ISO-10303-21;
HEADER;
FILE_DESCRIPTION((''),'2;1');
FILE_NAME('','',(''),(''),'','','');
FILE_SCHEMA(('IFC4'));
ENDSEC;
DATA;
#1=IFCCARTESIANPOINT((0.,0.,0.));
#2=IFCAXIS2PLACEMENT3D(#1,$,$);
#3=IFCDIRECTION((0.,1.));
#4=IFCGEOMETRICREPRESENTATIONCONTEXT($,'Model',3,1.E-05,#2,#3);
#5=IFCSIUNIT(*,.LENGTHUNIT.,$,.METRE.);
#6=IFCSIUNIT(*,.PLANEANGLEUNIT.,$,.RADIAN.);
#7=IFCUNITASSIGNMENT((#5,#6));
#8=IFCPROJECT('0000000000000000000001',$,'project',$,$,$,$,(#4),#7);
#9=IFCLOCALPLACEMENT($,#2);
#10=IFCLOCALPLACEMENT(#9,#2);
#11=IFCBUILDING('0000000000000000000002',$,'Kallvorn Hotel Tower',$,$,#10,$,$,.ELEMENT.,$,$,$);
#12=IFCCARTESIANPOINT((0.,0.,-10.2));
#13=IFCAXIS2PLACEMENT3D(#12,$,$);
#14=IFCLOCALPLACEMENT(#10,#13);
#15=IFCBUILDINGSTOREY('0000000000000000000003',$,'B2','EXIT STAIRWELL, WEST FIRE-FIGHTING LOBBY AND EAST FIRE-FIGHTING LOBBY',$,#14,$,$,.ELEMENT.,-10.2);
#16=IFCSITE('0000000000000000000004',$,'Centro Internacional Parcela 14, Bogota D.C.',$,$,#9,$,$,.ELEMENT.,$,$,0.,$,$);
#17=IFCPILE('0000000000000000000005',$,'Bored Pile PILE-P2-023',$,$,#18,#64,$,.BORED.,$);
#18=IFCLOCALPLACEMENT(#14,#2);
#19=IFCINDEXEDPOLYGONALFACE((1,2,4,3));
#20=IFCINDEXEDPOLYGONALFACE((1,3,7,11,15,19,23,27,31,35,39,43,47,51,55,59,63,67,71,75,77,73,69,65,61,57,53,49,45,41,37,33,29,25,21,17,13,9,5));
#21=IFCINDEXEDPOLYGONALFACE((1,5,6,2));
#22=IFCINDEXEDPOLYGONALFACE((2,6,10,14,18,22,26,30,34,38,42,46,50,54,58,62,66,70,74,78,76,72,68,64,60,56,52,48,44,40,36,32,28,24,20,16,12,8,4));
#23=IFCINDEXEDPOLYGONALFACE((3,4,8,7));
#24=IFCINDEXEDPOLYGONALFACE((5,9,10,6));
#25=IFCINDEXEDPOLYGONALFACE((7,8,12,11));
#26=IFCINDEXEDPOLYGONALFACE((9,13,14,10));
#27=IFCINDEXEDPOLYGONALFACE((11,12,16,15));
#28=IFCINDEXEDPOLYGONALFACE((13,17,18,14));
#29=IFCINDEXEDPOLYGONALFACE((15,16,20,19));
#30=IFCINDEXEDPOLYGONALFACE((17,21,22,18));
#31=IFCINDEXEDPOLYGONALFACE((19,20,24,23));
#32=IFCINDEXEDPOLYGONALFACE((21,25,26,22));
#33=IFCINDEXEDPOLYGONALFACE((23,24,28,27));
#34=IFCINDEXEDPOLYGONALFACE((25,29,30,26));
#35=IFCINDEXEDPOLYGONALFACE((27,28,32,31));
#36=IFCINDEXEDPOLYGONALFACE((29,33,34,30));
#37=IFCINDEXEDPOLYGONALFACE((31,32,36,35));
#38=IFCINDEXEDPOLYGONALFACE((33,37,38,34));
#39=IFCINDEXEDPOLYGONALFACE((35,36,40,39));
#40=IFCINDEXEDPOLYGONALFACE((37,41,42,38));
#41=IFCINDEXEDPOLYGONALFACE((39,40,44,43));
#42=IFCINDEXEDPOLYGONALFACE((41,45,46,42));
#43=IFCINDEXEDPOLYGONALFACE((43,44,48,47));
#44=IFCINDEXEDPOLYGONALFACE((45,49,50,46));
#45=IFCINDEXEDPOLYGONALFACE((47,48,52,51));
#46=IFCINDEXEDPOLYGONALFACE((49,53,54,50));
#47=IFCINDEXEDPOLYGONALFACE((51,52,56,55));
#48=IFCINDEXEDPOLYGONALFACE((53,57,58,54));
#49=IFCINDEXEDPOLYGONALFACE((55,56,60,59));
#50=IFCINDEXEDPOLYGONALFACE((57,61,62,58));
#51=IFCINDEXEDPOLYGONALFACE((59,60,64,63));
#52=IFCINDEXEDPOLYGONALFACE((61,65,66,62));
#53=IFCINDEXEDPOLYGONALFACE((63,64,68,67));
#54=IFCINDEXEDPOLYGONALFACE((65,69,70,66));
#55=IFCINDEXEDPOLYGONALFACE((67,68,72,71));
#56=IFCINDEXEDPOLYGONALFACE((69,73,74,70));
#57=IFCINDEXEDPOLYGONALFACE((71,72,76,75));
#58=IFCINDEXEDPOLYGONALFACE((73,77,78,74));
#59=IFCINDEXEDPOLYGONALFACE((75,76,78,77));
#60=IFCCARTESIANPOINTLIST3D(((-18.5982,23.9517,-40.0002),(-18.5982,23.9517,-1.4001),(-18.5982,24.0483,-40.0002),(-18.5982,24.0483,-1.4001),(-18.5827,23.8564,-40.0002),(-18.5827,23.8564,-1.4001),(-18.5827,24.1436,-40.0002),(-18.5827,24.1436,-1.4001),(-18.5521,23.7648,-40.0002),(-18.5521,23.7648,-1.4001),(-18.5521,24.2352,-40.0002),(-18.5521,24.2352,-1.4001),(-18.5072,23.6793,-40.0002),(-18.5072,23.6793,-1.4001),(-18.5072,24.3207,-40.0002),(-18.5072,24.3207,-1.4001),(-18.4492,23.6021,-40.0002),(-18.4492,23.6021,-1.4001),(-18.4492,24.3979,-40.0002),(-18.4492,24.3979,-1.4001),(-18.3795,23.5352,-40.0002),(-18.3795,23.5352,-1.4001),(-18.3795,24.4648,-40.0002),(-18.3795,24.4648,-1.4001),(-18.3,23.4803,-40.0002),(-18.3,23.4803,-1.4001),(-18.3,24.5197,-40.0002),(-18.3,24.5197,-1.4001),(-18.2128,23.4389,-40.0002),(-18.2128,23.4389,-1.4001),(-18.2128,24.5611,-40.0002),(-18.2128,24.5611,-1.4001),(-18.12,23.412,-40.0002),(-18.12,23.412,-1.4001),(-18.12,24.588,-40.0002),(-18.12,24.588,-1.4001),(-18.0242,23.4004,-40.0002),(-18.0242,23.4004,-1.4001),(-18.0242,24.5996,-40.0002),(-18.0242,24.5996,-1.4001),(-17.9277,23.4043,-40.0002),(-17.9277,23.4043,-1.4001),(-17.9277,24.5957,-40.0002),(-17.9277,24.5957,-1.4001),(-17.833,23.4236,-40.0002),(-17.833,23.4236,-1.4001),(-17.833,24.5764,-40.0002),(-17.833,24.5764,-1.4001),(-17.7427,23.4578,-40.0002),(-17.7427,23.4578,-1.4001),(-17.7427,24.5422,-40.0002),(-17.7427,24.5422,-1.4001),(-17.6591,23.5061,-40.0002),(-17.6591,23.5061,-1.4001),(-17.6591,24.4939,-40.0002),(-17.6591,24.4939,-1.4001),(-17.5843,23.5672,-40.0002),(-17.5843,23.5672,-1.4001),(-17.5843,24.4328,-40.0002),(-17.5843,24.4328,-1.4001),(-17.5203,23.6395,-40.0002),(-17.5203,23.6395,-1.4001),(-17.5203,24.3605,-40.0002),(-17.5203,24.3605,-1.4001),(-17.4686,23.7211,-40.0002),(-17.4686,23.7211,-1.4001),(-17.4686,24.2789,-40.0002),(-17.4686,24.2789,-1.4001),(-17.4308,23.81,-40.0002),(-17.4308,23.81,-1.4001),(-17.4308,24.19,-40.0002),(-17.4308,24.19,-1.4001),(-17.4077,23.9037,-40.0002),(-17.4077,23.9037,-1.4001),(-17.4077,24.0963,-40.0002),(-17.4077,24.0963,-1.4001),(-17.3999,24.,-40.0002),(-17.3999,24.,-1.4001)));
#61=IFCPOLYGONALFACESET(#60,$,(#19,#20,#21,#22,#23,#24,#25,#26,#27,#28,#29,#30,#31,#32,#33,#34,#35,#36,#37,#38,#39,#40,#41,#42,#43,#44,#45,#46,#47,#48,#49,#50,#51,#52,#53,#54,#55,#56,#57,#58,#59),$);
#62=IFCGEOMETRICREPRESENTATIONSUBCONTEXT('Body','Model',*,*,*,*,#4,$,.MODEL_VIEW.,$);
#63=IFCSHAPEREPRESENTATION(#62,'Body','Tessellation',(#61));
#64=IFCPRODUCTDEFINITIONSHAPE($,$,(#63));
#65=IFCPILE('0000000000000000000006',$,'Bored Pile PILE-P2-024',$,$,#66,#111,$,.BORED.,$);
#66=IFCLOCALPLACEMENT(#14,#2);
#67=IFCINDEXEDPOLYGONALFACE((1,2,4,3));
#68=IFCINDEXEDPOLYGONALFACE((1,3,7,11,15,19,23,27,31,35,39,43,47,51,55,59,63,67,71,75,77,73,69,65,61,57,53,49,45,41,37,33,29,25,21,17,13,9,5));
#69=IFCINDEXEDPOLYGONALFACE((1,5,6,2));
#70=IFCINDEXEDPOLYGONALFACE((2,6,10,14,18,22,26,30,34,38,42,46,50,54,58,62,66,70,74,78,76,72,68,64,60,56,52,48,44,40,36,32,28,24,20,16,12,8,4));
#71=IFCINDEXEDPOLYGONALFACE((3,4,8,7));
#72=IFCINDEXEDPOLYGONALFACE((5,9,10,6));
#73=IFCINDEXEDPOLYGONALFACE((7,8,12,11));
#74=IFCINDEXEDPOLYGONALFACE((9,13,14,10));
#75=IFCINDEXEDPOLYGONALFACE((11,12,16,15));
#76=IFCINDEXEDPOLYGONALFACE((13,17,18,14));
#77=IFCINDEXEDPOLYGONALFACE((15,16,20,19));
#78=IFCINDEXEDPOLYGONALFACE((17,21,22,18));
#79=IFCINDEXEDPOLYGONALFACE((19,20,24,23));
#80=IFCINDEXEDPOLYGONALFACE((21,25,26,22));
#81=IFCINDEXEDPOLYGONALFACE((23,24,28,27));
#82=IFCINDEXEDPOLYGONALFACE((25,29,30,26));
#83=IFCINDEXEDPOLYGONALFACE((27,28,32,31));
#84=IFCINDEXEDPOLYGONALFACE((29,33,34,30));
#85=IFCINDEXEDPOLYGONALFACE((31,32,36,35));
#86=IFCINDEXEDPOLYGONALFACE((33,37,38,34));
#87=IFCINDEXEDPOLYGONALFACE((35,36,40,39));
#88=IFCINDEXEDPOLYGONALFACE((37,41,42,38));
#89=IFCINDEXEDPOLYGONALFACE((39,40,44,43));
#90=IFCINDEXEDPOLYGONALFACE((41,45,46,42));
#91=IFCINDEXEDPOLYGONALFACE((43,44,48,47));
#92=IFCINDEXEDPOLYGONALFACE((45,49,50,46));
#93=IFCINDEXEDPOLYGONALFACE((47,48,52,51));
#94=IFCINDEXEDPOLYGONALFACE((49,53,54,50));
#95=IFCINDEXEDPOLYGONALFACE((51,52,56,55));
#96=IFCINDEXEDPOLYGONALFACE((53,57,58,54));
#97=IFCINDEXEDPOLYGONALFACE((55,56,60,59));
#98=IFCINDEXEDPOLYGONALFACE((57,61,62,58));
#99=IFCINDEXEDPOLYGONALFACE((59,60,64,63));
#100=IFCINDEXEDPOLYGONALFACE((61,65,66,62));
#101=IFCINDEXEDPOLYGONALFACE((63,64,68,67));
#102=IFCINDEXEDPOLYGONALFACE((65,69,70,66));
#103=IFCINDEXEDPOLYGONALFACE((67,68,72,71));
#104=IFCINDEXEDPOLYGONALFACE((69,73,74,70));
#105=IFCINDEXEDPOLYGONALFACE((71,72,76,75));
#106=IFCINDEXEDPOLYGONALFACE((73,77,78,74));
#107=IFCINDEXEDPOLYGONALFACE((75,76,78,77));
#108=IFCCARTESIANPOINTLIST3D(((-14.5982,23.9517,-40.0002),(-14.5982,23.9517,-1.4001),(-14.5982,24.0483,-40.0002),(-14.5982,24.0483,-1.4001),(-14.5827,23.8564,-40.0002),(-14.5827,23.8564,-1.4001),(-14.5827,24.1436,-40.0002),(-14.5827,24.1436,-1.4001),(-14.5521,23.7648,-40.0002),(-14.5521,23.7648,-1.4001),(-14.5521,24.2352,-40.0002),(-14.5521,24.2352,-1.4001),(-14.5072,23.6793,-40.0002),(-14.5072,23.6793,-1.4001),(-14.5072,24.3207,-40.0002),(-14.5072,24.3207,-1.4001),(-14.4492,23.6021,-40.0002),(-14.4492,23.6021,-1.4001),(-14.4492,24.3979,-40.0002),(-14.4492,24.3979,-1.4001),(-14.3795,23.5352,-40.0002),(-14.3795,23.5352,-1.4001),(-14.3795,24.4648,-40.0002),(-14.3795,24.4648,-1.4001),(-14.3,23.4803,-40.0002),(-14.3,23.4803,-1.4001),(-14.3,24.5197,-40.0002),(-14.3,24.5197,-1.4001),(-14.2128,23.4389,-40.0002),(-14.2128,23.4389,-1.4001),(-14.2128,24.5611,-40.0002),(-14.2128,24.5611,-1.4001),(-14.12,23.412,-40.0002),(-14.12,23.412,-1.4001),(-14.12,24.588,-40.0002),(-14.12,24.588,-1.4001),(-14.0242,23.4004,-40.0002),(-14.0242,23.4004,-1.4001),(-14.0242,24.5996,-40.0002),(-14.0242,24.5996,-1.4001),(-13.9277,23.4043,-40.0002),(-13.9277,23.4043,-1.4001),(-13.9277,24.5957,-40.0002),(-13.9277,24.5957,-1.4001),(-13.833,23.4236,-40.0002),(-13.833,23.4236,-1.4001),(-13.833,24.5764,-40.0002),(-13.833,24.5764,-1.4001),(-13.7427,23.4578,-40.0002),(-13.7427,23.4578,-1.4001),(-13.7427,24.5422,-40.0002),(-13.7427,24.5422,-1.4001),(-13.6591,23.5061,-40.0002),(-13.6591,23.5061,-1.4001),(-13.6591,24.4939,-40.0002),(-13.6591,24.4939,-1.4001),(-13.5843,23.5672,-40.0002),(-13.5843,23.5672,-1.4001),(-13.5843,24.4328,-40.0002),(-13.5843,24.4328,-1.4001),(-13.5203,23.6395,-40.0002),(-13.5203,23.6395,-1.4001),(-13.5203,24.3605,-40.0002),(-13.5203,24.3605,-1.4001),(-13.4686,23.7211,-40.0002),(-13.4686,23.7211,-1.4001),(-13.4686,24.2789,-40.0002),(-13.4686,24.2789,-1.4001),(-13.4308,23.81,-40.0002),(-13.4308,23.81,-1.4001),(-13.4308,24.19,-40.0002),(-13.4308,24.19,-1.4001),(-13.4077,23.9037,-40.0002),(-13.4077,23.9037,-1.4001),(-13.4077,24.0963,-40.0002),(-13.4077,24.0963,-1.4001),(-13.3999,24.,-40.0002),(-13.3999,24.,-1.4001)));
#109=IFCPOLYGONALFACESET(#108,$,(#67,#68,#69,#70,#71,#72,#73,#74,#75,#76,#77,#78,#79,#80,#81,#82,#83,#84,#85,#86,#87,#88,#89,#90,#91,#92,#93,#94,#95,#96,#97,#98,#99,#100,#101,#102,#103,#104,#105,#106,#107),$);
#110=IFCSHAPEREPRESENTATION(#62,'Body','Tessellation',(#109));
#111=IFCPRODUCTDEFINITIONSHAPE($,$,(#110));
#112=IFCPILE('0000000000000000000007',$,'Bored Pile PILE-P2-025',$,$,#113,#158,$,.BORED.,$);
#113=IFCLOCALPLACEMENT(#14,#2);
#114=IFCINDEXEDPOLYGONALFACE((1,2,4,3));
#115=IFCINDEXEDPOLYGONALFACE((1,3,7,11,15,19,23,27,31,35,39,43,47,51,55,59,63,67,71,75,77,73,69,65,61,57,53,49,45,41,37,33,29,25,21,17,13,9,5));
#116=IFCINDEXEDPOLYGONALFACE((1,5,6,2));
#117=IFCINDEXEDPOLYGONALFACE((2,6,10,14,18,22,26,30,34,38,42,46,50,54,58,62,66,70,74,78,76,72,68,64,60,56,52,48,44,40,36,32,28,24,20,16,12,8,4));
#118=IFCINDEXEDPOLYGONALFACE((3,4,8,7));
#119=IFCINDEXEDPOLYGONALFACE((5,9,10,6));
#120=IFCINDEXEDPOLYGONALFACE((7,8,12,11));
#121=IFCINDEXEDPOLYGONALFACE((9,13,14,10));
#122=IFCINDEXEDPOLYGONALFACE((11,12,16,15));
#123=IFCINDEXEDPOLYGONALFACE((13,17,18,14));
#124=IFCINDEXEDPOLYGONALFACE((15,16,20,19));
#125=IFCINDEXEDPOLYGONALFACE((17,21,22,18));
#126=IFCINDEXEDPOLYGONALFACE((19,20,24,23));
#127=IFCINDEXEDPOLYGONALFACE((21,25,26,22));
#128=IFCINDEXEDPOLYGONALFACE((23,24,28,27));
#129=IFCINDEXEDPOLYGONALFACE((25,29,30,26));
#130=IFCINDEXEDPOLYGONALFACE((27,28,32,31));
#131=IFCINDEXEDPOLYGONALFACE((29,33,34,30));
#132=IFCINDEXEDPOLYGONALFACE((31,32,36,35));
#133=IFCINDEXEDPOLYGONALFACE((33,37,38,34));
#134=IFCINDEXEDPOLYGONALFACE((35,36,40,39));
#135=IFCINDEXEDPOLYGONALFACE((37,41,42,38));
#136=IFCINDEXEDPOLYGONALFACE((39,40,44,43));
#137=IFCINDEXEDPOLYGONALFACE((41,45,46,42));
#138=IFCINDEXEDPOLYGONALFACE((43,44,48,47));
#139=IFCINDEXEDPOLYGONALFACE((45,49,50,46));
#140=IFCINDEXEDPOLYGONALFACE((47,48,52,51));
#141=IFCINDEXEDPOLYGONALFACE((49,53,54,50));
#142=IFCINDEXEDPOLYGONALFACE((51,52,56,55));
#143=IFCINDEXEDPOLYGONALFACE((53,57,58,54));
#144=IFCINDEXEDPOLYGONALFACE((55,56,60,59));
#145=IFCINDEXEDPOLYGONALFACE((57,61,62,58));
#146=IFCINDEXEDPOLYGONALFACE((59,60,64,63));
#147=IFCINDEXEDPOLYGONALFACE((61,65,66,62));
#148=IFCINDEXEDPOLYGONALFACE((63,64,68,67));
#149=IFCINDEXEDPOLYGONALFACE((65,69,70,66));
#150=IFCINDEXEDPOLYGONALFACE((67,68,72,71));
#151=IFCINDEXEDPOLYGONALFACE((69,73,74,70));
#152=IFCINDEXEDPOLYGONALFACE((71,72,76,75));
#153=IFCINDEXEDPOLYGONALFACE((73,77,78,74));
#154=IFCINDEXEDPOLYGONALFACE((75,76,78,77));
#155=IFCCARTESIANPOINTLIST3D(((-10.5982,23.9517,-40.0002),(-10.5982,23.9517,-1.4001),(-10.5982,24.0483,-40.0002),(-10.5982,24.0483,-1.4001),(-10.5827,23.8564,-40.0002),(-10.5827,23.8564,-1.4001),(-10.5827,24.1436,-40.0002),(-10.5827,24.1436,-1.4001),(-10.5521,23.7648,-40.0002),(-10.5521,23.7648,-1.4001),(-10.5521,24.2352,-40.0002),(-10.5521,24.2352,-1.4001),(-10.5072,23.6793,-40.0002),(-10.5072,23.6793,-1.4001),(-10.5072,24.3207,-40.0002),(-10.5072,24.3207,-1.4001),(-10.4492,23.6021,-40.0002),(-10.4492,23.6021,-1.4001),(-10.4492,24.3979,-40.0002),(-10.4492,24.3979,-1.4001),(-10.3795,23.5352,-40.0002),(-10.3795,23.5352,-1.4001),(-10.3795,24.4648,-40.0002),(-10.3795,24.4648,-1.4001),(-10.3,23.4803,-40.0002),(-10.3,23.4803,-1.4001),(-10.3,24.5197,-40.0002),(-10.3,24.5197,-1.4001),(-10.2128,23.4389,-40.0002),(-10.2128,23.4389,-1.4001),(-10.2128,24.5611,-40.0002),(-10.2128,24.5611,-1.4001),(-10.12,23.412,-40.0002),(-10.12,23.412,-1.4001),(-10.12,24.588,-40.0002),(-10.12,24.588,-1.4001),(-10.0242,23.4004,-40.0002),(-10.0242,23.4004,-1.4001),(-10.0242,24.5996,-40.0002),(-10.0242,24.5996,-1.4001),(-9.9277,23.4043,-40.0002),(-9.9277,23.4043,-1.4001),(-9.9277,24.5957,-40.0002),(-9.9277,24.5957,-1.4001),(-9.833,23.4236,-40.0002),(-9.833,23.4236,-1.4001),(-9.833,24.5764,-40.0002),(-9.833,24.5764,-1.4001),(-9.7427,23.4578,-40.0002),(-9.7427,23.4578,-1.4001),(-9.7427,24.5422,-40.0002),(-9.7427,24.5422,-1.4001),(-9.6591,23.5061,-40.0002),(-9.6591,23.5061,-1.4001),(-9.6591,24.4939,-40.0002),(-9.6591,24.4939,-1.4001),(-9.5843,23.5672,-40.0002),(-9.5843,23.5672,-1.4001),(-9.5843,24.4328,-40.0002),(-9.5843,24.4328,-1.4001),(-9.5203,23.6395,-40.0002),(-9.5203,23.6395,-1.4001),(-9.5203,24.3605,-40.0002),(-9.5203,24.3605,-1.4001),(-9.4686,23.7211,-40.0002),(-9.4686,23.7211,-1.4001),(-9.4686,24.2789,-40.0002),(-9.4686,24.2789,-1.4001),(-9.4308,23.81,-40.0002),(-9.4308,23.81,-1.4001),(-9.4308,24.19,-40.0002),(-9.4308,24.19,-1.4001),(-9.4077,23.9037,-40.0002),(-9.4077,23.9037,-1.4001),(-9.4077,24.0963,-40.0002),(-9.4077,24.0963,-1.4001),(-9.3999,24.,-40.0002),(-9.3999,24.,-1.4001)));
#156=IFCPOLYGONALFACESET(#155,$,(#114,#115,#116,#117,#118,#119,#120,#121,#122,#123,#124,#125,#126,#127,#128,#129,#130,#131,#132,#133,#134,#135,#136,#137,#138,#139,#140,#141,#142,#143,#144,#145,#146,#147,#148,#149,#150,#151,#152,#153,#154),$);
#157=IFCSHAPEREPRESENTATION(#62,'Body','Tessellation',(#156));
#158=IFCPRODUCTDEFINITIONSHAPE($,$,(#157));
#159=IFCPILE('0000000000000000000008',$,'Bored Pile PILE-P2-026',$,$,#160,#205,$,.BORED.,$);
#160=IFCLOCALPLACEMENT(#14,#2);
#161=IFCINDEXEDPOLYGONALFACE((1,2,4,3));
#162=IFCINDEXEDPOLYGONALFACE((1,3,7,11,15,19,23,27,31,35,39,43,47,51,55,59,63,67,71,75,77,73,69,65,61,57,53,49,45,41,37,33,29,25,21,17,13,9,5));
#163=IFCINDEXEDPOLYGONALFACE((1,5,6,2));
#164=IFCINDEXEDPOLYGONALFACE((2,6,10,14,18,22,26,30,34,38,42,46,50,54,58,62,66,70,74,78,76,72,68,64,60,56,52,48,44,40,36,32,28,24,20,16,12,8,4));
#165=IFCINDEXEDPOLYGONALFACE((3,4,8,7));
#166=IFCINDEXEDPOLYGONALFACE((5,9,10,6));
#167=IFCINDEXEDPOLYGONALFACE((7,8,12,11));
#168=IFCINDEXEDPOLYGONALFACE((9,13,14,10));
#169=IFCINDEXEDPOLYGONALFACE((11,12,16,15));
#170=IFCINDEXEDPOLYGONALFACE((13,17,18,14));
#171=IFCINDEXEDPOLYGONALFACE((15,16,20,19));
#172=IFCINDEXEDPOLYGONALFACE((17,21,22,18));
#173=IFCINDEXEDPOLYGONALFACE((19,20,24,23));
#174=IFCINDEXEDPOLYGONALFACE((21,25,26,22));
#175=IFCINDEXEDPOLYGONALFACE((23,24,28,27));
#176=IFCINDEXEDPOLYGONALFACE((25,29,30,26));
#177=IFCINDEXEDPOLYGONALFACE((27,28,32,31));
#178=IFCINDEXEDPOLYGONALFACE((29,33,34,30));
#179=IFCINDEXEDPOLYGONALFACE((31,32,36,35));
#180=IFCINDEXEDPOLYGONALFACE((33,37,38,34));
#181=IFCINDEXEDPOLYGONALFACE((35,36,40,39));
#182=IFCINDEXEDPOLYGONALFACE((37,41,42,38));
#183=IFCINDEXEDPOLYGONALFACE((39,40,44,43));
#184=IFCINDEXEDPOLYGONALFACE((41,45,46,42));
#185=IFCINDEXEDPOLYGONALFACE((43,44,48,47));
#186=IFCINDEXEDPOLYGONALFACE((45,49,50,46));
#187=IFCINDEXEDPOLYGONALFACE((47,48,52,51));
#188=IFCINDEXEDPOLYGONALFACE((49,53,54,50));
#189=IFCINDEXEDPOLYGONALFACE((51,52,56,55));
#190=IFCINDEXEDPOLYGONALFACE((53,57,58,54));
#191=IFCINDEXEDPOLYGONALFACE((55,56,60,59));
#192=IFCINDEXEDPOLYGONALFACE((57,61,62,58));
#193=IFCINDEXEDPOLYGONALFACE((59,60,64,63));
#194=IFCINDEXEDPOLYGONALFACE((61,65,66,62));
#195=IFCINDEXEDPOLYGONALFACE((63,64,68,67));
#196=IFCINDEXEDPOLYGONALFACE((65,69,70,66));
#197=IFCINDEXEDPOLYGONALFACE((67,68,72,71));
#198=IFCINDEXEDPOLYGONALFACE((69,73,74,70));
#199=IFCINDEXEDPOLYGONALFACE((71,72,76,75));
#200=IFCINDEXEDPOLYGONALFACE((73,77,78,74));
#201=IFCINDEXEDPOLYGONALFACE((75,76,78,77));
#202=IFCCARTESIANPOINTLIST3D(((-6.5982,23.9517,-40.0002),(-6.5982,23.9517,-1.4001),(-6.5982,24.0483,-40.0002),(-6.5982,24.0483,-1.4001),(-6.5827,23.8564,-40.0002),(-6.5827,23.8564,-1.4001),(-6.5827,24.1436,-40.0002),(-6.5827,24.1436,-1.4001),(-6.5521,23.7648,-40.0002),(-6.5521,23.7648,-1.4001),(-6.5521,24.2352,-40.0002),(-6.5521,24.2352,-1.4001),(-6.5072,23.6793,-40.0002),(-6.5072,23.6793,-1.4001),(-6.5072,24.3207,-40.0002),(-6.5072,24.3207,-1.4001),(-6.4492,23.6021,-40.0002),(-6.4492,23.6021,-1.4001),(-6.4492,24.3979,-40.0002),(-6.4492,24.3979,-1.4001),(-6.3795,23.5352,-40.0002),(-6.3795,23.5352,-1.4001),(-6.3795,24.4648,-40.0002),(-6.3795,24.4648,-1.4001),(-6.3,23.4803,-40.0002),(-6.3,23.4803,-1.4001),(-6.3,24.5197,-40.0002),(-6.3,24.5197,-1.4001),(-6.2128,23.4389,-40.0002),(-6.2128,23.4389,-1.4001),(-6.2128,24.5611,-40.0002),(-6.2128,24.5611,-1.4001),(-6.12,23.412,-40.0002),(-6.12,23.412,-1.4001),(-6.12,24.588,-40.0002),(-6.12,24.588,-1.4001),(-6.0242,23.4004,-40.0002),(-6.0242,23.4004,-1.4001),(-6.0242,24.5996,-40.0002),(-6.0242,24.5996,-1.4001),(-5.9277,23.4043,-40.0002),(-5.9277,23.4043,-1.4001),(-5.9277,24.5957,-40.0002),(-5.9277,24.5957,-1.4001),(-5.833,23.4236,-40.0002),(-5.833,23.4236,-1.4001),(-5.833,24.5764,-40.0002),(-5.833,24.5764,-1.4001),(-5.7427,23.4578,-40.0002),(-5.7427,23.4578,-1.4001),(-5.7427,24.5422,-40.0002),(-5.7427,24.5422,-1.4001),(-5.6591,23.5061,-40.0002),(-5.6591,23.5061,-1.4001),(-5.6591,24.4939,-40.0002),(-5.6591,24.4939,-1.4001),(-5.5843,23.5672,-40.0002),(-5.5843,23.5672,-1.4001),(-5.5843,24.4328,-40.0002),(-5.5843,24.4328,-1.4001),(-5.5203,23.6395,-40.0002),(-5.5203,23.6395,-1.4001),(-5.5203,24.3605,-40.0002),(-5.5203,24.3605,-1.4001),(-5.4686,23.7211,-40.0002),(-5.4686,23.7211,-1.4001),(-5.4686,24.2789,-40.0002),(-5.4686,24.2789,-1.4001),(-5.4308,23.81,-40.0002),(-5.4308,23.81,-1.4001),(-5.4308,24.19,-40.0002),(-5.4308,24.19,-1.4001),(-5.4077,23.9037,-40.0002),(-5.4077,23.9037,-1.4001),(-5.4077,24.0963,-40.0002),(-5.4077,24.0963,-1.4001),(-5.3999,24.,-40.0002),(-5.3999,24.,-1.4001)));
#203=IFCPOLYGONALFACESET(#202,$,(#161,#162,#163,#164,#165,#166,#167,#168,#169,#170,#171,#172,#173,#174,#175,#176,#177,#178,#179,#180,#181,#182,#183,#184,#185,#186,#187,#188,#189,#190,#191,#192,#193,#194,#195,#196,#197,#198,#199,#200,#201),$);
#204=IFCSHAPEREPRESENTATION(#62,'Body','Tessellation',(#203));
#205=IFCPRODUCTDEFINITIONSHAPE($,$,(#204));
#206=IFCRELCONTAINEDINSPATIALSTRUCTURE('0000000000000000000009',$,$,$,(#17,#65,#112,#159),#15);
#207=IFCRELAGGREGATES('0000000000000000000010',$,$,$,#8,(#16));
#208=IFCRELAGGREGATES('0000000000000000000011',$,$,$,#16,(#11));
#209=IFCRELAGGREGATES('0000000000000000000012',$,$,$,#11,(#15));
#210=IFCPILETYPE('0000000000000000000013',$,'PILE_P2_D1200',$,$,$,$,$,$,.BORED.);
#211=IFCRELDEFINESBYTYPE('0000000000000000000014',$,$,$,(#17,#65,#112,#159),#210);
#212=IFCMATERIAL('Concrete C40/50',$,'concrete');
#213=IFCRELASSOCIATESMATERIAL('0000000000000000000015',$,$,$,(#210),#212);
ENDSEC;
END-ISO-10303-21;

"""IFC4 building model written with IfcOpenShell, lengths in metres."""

from ifc_helpers import new_model, si_unit, direction, frame, origin, origin_2d, place, context, subcontext, project, spatial, circle, extrude, material, material_profile, profile_set, type_object, element, save


model = new_model("IFC4")

# Units and contexts
model_context = context("Model", 3, precision=1e-05, world=origin(), true_north=direction((0.0, 1.0)))
body_context = subcontext(model_context, "Body", "Model", "MODEL_VIEW")
ifc_project = project(units=[si_unit("LENGTHUNIT", "METRE"), si_unit("PLANEANGLEUNIT", "RADIAN")], contexts=[model_context])

# Site, building, storey
site_placement = place(None, origin())
site = spatial("IfcSite", under=ifc_project, at=site_placement, Name="Centro Internacional Parcela 14, Bogota D.C.", CompositionType="ELEMENT", RefElevation=0.0)
building_placement = place(site_placement, origin())
building = spatial("IfcBuilding", under=site, at=building_placement, Name="Kallvorn Hotel Tower", CompositionType="ELEMENT")
storey_placement = place(building_placement, frame((0.0, 0.0, -10.2)))
storey = spatial("IfcBuildingStorey", under=building, at=storey_placement, Name="B2", Description="EXIT STAIRWELL, WEST FIRE-FIGHTING LOBBY AND EAST FIRE-FIGHTING LOBBY", CompositionType="ELEMENT", Elevation=-10.2)

# Piles
ifc_material_1 = material(Name="Concrete C40/50", Category="concrete")
ifc_material_profile_1 = material_profile(ifc_material_1, circle(Radius=0.6001, at=origin_2d()), Name="PILE D1200")
ifc_profile_set_1 = profile_set([ifc_material_profile_1], Name="Concrete C40/50")
pile_type_1 = type_object("IfcPileType", Name="PILE_P2_D1200", PredefinedType="BORED", material=ifc_profile_set_1)
for number, where, z_axis, x_axis, name in (
    (1, (-18.0, 24.0, -1.4001), (0.0, 0.0, -1.0), (1.0, 0.0, 0.0), "Bored Pile PILE-P2-023"),
    (2, (-14.0, 24.0, -1.4001), (0.0, 0.0, -1.0), (1.0, 0.0, 0.0), "Bored Pile PILE-P2-024"),
    (3, (-10.0, 24.0, -1.4001), (0.0, 0.0, -1.0), (1.0, 0.0, 0.0), "Bored Pile PILE-P2-025"),
    (4, (-6.0, 24.0, -1.4001), (0.0, 0.0, -1.0), (1.0, 0.0, 0.0), "Bored Pile PILE-P2-026"),
):
    element("IfcPile", number, at=place(storey_placement, frame(where, z_axis=z_axis, x_axis=x_axis)), inside=storey, type_object=pile_type_1, Name=name, PredefinedType="BORED", context=body_context, shape_type="SweptSolid", body=[
        extrude(circle(Radius=0.6001, at=origin_2d()), origin(), (0.0, 0.0, 1.0), 38.6001),
    ])

save(model, "model.ifc")
